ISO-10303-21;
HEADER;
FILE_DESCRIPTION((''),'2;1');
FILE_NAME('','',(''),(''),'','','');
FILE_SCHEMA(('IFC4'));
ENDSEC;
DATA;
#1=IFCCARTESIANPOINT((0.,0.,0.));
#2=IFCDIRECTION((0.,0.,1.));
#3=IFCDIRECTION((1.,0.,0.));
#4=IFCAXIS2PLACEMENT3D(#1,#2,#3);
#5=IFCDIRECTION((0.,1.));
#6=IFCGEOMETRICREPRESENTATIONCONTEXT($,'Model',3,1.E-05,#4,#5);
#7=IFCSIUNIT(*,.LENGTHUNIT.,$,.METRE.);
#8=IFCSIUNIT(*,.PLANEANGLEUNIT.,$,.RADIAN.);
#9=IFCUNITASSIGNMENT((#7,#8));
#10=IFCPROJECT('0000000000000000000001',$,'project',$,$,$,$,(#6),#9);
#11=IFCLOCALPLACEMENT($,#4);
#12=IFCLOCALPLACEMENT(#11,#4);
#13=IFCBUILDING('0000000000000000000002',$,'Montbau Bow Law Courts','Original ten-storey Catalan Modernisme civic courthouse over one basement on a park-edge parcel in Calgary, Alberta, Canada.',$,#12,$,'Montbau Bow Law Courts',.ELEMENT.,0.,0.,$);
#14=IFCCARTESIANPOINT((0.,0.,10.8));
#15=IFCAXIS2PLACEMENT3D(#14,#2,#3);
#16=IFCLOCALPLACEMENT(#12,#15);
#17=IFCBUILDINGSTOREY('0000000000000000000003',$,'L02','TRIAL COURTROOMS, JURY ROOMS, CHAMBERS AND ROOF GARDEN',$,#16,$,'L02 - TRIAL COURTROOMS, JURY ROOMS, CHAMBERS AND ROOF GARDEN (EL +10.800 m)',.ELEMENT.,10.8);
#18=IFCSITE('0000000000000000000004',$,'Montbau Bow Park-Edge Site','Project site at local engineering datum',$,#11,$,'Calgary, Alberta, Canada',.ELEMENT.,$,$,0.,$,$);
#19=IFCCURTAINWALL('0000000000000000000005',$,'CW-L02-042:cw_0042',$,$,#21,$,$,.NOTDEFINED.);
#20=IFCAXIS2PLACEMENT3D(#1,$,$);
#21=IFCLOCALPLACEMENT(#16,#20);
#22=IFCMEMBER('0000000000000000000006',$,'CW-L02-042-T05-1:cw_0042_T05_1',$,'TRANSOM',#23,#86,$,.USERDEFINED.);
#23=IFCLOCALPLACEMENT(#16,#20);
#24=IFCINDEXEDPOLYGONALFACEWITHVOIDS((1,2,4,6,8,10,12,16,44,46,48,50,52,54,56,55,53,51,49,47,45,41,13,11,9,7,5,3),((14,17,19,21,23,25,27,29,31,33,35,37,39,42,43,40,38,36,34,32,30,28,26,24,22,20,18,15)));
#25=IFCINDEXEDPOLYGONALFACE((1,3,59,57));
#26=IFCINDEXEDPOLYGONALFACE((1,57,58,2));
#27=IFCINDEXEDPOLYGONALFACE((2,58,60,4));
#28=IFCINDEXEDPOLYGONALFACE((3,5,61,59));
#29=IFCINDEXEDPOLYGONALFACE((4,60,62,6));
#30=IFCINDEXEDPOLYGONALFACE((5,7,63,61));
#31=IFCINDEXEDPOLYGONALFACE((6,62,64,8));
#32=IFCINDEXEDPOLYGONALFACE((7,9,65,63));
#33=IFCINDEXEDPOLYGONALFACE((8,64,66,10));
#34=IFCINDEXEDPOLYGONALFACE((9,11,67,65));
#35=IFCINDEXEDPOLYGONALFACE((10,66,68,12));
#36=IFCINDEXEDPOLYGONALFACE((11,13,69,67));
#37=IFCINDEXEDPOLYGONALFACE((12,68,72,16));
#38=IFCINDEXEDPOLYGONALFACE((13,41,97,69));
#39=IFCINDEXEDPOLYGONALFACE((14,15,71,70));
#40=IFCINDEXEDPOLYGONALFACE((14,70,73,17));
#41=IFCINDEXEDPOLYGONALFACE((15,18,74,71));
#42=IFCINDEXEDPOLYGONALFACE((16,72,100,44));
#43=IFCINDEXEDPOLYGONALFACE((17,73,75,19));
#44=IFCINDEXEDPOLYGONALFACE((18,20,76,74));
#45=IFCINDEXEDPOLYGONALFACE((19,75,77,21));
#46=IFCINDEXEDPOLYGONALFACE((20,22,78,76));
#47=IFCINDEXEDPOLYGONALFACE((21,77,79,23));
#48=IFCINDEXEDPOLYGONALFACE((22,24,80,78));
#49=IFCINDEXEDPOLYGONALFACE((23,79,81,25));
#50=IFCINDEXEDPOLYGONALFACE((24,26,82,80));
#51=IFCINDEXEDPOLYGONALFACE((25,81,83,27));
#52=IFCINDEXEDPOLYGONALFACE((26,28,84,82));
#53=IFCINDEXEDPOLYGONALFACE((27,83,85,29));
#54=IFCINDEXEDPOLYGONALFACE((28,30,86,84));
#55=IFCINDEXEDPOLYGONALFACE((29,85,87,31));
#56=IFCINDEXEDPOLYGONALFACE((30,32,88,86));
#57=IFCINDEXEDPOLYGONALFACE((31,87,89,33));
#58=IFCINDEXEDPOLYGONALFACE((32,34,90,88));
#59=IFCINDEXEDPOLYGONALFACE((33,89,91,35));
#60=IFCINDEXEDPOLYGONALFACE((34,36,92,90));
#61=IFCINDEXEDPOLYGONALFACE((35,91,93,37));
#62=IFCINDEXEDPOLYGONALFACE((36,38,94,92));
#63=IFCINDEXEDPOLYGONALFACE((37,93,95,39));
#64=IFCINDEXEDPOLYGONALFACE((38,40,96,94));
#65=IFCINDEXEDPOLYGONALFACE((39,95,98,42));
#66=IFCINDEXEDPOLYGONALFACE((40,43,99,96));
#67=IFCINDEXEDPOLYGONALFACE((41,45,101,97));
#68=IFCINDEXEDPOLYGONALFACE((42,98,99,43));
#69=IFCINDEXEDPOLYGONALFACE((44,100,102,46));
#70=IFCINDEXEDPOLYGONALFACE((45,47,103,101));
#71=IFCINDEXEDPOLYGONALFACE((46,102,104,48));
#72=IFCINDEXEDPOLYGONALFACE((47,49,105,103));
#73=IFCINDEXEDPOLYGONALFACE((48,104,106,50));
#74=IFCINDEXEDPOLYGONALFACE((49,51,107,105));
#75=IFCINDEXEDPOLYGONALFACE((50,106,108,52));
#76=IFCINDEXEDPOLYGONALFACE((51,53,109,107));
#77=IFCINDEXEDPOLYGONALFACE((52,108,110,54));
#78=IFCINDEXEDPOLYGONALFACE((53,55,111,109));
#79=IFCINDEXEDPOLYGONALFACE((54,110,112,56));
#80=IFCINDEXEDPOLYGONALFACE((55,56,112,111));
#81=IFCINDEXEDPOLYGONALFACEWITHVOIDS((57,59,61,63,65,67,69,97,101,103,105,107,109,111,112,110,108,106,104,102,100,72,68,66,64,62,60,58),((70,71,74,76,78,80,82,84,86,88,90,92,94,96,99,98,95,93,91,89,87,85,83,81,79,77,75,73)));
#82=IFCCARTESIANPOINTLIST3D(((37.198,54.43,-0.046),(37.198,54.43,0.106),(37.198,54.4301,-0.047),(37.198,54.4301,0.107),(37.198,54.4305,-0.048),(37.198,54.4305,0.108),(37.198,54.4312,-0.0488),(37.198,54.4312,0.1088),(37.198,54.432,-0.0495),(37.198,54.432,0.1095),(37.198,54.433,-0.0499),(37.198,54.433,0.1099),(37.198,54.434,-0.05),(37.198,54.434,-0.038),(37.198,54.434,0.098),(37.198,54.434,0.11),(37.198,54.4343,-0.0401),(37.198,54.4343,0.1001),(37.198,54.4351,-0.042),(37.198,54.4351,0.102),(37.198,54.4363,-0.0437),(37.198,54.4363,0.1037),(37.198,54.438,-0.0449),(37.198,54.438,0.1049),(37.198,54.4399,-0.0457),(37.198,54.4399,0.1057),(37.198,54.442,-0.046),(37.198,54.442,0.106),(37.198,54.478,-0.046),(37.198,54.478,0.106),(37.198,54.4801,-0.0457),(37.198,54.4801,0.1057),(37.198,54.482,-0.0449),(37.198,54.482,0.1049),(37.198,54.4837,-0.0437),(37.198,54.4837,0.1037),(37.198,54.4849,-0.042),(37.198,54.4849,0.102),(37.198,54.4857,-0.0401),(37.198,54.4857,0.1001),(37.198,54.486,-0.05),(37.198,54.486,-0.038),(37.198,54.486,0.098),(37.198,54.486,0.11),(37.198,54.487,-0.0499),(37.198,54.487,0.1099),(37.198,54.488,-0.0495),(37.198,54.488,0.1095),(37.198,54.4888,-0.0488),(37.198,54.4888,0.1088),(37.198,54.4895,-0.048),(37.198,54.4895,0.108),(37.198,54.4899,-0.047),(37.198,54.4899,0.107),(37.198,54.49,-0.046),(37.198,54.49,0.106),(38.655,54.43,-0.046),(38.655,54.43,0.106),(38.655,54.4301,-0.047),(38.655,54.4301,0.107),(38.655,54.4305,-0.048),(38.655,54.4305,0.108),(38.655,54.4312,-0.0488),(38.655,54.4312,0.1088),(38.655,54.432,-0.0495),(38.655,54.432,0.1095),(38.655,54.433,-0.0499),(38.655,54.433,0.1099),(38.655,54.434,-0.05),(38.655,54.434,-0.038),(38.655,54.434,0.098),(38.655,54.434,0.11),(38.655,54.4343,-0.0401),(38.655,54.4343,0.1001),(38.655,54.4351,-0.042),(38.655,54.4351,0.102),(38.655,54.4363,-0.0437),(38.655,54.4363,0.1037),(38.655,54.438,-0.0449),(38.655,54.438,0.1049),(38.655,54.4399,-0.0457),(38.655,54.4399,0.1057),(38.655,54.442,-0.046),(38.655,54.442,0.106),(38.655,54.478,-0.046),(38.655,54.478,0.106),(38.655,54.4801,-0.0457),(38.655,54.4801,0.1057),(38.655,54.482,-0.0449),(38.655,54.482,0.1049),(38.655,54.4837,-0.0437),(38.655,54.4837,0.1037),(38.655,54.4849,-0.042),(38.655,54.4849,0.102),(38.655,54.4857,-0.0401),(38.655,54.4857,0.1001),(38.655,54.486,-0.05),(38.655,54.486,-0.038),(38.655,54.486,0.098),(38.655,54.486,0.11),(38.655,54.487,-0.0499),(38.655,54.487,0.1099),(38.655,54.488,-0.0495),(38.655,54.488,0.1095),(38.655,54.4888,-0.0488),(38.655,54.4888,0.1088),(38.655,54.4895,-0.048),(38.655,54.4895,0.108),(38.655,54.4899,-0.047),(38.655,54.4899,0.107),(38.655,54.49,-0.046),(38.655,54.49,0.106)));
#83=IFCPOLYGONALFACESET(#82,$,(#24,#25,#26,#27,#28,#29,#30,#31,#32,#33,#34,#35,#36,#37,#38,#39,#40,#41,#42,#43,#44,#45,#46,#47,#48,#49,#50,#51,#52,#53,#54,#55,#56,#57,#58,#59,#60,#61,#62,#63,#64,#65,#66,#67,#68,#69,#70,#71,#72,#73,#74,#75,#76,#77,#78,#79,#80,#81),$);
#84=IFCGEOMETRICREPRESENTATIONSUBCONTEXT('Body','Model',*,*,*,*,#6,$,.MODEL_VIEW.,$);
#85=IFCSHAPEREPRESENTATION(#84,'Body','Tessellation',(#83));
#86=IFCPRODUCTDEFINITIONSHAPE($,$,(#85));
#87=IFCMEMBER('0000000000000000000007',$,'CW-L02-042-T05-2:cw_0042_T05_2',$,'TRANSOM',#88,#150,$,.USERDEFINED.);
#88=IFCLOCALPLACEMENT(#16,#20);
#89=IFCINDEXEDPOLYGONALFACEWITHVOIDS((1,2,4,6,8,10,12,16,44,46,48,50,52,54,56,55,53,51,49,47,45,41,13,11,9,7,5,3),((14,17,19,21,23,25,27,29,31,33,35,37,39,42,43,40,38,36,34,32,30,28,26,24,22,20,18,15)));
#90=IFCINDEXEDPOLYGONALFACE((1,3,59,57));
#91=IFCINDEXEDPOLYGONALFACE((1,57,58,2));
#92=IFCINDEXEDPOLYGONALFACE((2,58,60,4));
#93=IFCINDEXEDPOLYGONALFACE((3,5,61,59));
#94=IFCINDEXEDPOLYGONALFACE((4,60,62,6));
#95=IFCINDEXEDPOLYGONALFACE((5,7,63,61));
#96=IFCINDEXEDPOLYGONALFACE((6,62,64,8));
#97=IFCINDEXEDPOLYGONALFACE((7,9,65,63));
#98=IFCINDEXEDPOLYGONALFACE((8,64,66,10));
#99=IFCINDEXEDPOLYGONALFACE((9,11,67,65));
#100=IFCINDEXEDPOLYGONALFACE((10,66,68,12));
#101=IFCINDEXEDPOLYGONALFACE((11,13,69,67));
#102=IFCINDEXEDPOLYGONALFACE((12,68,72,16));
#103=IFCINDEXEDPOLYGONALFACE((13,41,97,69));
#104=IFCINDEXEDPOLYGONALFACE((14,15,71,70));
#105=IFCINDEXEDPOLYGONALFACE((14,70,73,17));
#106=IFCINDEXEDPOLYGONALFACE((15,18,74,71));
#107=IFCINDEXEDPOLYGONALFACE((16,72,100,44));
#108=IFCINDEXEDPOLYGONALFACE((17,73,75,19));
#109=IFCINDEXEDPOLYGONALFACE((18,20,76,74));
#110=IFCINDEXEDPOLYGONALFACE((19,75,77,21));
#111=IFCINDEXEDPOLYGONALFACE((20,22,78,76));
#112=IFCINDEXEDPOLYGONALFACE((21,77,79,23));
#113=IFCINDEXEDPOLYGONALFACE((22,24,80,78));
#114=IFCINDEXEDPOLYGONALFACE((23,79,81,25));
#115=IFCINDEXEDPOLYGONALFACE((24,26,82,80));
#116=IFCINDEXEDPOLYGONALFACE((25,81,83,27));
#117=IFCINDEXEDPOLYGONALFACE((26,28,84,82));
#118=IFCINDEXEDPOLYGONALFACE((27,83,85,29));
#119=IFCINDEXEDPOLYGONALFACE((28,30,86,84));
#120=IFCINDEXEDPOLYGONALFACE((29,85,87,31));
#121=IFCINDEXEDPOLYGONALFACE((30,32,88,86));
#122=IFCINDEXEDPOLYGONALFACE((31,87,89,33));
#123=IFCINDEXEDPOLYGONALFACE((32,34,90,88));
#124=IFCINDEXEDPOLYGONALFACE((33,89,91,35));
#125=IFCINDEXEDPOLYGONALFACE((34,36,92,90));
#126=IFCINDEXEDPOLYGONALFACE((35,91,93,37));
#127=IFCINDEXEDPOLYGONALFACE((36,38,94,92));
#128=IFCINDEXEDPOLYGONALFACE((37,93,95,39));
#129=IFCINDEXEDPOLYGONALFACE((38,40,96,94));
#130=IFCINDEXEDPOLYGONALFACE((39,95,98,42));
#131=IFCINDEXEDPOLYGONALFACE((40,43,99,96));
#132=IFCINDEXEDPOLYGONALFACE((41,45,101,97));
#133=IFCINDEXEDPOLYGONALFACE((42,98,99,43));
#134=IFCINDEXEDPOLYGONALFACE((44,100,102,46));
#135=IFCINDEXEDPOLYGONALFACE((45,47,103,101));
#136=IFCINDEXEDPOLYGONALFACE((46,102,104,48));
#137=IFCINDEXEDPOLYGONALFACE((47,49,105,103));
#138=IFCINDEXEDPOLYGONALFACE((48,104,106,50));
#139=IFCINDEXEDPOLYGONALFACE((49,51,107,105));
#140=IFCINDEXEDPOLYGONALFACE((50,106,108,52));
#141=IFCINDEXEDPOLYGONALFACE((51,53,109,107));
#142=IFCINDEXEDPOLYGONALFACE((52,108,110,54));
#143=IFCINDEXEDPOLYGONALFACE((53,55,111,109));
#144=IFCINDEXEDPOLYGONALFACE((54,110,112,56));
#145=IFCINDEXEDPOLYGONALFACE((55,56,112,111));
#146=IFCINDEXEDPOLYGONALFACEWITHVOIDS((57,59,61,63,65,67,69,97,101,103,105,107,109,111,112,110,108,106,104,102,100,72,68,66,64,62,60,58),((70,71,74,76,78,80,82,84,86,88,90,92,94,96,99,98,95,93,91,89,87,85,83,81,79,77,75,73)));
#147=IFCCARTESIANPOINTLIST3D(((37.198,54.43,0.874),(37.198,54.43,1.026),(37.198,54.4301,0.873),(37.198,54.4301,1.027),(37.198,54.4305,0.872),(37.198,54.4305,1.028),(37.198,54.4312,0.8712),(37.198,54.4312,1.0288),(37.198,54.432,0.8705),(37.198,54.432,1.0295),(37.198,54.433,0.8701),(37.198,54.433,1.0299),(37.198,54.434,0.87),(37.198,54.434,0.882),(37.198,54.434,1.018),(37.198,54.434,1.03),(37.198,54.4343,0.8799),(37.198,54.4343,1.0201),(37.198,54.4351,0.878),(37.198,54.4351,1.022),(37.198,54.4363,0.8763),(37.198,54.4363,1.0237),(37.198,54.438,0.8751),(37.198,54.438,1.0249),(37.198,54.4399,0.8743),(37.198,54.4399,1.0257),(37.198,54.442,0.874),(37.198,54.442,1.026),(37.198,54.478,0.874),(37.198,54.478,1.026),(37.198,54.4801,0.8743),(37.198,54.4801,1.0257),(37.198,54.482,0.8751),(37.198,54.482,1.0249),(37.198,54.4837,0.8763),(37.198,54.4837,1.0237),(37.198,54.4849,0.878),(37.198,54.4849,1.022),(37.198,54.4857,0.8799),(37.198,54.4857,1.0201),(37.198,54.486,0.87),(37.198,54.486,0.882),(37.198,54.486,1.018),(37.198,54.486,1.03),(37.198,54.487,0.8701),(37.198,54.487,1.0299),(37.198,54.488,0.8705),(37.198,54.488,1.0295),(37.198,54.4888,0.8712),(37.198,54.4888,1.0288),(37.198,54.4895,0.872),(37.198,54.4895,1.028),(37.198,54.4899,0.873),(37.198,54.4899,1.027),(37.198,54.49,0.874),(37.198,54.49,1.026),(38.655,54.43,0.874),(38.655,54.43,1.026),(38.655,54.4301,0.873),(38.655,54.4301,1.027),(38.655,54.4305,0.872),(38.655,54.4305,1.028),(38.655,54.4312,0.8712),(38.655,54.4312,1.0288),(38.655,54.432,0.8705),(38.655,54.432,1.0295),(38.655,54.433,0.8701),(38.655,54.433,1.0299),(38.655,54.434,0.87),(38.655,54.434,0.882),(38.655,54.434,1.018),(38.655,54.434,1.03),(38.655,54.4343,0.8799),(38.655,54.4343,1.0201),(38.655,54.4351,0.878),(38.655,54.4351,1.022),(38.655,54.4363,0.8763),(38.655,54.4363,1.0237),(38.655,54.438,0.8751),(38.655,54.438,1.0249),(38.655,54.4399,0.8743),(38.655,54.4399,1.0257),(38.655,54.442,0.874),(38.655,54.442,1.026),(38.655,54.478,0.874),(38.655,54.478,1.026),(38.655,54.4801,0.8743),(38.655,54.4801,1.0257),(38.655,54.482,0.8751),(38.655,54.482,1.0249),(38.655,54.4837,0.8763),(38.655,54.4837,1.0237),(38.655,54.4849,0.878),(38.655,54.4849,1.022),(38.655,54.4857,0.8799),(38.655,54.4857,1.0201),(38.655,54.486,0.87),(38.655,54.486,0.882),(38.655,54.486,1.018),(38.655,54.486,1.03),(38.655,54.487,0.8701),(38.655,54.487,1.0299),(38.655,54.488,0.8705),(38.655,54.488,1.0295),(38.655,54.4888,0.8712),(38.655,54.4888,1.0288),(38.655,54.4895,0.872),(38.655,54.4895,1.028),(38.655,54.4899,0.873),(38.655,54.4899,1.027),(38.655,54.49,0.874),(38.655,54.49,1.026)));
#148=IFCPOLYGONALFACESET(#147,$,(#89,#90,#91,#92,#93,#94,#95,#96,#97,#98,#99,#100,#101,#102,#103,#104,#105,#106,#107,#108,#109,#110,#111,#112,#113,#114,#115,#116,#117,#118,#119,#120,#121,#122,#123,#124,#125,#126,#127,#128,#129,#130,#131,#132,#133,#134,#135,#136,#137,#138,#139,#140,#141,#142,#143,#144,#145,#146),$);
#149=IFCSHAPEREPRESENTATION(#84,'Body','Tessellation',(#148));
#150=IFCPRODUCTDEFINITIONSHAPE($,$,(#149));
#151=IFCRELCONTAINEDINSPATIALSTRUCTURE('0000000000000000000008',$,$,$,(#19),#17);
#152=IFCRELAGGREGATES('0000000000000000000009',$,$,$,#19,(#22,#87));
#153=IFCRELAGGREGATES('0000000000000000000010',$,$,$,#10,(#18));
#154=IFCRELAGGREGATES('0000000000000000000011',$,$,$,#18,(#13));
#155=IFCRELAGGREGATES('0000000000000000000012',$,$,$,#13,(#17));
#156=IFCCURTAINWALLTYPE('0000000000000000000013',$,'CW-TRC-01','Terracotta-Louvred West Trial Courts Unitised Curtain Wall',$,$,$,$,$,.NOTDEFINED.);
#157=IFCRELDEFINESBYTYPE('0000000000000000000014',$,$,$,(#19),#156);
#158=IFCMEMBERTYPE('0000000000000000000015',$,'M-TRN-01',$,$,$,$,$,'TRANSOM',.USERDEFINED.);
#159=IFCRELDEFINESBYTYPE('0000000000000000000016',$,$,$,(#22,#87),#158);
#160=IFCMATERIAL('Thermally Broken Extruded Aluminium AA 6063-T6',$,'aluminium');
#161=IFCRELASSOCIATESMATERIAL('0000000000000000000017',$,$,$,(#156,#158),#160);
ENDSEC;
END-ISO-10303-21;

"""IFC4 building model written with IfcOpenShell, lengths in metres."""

from ifc_helpers import new_model, si_unit, direction, frame, origin_with_axes, origin_2d_with_axis, place, context, subcontext, project, spatial, hollow_rectangle, extrude, material, material_profile, profile_set, type_object, element, aggregate, save


model = new_model("IFC4")

# Units and contexts
model_context = context("Model", 3, precision=1e-05, world=origin_with_axes(), true_north=direction((0.0, 1.0)))
body_context = subcontext(model_context, "Body", "Model", "MODEL_VIEW")
ifc_project = project(units=[si_unit("LENGTHUNIT", "METRE"), si_unit("PLANEANGLEUNIT", "RADIAN")], contexts=[model_context])

# Site, building, storey
site_placement = place(None, origin_with_axes())
site = spatial("IfcSite", under=ifc_project, at=site_placement, Name="Montbau Bow Park-Edge Site", Description="Project site at local engineering datum", LongName="Calgary, Alberta, Canada", CompositionType="ELEMENT", RefElevation=0.0)
building_placement = place(site_placement, origin_with_axes())
building = spatial("IfcBuilding", under=site, at=building_placement, Name="Montbau Bow Law Courts", Description="Original ten-storey Catalan Modernisme civic courthouse over one basement on a park-edge parcel in Calgary, Alberta, Canada.", LongName="Montbau Bow Law Courts", CompositionType="ELEMENT", ElevationOfRefHeight=0.0, ElevationOfTerrain=0.0)
storey_placement = place(building_placement, frame((0.0, 0.0, 10.8), z_axis=(0.0, 0.0, 1.0), x_axis=(1.0, 0.0, 0.0)))
storey = spatial("IfcBuildingStorey", under=building, at=storey_placement, Name="L02", Description="TRIAL COURTROOMS, JURY ROOMS, CHAMBERS AND ROOF GARDEN", LongName="L02 - TRIAL COURTROOMS, JURY ROOMS, CHAMBERS AND ROOF GARDEN (EL +10.800 m)", CompositionType="ELEMENT", Elevation=10.8)

# Curtain wall, members
ifc_material_1 = material(Name="Thermally Broken Extruded Aluminium AA 6063-T6", Category="aluminium")
curtain_wall_type = type_object("IfcCurtainWallType", Name="CW-TRC-01", Description="Terracotta-Louvred West Trial Courts Unitised Curtain Wall", PredefinedType="NOTDEFINED", material=ifc_material_1)
curtain_wall_placement = place(None, frame((30.867, 54.46, 10.8), z_axis=(0.0, 0.0, 1.0), x_axis=(1.0, 0.0, 0.0)))
curtain_wall = element("IfcCurtainWall", 1, at=curtain_wall_placement, inside=storey, type_object=curtain_wall_type, Name="CW-L02-042:cw_0042", PredefinedType="NOTDEFINED")
ifc_material_profile_1 = material_profile(ifc_material_1, hollow_rectangle(XDim=0.06, YDim=0.16, WallThickness=0.004, InnerFilletRadius=0.008, OuterFilletRadius=0.004, at=origin_2d_with_axis()), Name="CWT-160X60", Category="Main", Priority=0)
ifc_profile_set_1 = profile_set([ifc_material_profile_1], Name="Thermally Broken Extruded Aluminium AA 6063-T6")
member_type_1 = type_object("IfcMemberType", Name="M-TRN-01", ElementType="TRANSOM", PredefinedType="USERDEFINED", material=ifc_profile_set_1)
member_1_placement = place(None, frame((37.198, 54.46, 10.83), z_axis=(1.0, 0.0, 0.0), x_axis=(0.0, 1.0, 0.0)))
member_1 = element("IfcMember", 2, at=member_1_placement, type_object=member_type_1, Name="CW-L02-042-T05-1:cw_0042_T05_1", ObjectType="TRANSOM", PredefinedType="USERDEFINED", context=body_context, shape_type="SweptSolid", body=[
    extrude(hollow_rectangle(XDim=0.06, YDim=0.16, WallThickness=0.004, InnerFilletRadius=0.008, OuterFilletRadius=0.004, at=origin_2d_with_axis()), origin_with_axes(), (0.0, 0.0, 1.0), 1.457),
])
member_2_placement = place(None, frame((37.198, 54.46, 11.75), z_axis=(1.0, 0.0, 0.0), x_axis=(0.0, 1.0, 0.0)))
member_2 = element("IfcMember", 3, at=member_2_placement, type_object=member_type_1, Name="CW-L02-042-T05-2:cw_0042_T05_2", ObjectType="TRANSOM", PredefinedType="USERDEFINED", context=body_context, shape_type="SweptSolid", body=[
    extrude(hollow_rectangle(XDim=0.06, YDim=0.16, WallThickness=0.004, InnerFilletRadius=0.008, OuterFilletRadius=0.004, at=origin_2d_with_axis()), origin_with_axes(), (0.0, 0.0, 1.0), 1.457),
])
aggregate(curtain_wall, [member_1, member_2])

save(model, "model.ifc")
